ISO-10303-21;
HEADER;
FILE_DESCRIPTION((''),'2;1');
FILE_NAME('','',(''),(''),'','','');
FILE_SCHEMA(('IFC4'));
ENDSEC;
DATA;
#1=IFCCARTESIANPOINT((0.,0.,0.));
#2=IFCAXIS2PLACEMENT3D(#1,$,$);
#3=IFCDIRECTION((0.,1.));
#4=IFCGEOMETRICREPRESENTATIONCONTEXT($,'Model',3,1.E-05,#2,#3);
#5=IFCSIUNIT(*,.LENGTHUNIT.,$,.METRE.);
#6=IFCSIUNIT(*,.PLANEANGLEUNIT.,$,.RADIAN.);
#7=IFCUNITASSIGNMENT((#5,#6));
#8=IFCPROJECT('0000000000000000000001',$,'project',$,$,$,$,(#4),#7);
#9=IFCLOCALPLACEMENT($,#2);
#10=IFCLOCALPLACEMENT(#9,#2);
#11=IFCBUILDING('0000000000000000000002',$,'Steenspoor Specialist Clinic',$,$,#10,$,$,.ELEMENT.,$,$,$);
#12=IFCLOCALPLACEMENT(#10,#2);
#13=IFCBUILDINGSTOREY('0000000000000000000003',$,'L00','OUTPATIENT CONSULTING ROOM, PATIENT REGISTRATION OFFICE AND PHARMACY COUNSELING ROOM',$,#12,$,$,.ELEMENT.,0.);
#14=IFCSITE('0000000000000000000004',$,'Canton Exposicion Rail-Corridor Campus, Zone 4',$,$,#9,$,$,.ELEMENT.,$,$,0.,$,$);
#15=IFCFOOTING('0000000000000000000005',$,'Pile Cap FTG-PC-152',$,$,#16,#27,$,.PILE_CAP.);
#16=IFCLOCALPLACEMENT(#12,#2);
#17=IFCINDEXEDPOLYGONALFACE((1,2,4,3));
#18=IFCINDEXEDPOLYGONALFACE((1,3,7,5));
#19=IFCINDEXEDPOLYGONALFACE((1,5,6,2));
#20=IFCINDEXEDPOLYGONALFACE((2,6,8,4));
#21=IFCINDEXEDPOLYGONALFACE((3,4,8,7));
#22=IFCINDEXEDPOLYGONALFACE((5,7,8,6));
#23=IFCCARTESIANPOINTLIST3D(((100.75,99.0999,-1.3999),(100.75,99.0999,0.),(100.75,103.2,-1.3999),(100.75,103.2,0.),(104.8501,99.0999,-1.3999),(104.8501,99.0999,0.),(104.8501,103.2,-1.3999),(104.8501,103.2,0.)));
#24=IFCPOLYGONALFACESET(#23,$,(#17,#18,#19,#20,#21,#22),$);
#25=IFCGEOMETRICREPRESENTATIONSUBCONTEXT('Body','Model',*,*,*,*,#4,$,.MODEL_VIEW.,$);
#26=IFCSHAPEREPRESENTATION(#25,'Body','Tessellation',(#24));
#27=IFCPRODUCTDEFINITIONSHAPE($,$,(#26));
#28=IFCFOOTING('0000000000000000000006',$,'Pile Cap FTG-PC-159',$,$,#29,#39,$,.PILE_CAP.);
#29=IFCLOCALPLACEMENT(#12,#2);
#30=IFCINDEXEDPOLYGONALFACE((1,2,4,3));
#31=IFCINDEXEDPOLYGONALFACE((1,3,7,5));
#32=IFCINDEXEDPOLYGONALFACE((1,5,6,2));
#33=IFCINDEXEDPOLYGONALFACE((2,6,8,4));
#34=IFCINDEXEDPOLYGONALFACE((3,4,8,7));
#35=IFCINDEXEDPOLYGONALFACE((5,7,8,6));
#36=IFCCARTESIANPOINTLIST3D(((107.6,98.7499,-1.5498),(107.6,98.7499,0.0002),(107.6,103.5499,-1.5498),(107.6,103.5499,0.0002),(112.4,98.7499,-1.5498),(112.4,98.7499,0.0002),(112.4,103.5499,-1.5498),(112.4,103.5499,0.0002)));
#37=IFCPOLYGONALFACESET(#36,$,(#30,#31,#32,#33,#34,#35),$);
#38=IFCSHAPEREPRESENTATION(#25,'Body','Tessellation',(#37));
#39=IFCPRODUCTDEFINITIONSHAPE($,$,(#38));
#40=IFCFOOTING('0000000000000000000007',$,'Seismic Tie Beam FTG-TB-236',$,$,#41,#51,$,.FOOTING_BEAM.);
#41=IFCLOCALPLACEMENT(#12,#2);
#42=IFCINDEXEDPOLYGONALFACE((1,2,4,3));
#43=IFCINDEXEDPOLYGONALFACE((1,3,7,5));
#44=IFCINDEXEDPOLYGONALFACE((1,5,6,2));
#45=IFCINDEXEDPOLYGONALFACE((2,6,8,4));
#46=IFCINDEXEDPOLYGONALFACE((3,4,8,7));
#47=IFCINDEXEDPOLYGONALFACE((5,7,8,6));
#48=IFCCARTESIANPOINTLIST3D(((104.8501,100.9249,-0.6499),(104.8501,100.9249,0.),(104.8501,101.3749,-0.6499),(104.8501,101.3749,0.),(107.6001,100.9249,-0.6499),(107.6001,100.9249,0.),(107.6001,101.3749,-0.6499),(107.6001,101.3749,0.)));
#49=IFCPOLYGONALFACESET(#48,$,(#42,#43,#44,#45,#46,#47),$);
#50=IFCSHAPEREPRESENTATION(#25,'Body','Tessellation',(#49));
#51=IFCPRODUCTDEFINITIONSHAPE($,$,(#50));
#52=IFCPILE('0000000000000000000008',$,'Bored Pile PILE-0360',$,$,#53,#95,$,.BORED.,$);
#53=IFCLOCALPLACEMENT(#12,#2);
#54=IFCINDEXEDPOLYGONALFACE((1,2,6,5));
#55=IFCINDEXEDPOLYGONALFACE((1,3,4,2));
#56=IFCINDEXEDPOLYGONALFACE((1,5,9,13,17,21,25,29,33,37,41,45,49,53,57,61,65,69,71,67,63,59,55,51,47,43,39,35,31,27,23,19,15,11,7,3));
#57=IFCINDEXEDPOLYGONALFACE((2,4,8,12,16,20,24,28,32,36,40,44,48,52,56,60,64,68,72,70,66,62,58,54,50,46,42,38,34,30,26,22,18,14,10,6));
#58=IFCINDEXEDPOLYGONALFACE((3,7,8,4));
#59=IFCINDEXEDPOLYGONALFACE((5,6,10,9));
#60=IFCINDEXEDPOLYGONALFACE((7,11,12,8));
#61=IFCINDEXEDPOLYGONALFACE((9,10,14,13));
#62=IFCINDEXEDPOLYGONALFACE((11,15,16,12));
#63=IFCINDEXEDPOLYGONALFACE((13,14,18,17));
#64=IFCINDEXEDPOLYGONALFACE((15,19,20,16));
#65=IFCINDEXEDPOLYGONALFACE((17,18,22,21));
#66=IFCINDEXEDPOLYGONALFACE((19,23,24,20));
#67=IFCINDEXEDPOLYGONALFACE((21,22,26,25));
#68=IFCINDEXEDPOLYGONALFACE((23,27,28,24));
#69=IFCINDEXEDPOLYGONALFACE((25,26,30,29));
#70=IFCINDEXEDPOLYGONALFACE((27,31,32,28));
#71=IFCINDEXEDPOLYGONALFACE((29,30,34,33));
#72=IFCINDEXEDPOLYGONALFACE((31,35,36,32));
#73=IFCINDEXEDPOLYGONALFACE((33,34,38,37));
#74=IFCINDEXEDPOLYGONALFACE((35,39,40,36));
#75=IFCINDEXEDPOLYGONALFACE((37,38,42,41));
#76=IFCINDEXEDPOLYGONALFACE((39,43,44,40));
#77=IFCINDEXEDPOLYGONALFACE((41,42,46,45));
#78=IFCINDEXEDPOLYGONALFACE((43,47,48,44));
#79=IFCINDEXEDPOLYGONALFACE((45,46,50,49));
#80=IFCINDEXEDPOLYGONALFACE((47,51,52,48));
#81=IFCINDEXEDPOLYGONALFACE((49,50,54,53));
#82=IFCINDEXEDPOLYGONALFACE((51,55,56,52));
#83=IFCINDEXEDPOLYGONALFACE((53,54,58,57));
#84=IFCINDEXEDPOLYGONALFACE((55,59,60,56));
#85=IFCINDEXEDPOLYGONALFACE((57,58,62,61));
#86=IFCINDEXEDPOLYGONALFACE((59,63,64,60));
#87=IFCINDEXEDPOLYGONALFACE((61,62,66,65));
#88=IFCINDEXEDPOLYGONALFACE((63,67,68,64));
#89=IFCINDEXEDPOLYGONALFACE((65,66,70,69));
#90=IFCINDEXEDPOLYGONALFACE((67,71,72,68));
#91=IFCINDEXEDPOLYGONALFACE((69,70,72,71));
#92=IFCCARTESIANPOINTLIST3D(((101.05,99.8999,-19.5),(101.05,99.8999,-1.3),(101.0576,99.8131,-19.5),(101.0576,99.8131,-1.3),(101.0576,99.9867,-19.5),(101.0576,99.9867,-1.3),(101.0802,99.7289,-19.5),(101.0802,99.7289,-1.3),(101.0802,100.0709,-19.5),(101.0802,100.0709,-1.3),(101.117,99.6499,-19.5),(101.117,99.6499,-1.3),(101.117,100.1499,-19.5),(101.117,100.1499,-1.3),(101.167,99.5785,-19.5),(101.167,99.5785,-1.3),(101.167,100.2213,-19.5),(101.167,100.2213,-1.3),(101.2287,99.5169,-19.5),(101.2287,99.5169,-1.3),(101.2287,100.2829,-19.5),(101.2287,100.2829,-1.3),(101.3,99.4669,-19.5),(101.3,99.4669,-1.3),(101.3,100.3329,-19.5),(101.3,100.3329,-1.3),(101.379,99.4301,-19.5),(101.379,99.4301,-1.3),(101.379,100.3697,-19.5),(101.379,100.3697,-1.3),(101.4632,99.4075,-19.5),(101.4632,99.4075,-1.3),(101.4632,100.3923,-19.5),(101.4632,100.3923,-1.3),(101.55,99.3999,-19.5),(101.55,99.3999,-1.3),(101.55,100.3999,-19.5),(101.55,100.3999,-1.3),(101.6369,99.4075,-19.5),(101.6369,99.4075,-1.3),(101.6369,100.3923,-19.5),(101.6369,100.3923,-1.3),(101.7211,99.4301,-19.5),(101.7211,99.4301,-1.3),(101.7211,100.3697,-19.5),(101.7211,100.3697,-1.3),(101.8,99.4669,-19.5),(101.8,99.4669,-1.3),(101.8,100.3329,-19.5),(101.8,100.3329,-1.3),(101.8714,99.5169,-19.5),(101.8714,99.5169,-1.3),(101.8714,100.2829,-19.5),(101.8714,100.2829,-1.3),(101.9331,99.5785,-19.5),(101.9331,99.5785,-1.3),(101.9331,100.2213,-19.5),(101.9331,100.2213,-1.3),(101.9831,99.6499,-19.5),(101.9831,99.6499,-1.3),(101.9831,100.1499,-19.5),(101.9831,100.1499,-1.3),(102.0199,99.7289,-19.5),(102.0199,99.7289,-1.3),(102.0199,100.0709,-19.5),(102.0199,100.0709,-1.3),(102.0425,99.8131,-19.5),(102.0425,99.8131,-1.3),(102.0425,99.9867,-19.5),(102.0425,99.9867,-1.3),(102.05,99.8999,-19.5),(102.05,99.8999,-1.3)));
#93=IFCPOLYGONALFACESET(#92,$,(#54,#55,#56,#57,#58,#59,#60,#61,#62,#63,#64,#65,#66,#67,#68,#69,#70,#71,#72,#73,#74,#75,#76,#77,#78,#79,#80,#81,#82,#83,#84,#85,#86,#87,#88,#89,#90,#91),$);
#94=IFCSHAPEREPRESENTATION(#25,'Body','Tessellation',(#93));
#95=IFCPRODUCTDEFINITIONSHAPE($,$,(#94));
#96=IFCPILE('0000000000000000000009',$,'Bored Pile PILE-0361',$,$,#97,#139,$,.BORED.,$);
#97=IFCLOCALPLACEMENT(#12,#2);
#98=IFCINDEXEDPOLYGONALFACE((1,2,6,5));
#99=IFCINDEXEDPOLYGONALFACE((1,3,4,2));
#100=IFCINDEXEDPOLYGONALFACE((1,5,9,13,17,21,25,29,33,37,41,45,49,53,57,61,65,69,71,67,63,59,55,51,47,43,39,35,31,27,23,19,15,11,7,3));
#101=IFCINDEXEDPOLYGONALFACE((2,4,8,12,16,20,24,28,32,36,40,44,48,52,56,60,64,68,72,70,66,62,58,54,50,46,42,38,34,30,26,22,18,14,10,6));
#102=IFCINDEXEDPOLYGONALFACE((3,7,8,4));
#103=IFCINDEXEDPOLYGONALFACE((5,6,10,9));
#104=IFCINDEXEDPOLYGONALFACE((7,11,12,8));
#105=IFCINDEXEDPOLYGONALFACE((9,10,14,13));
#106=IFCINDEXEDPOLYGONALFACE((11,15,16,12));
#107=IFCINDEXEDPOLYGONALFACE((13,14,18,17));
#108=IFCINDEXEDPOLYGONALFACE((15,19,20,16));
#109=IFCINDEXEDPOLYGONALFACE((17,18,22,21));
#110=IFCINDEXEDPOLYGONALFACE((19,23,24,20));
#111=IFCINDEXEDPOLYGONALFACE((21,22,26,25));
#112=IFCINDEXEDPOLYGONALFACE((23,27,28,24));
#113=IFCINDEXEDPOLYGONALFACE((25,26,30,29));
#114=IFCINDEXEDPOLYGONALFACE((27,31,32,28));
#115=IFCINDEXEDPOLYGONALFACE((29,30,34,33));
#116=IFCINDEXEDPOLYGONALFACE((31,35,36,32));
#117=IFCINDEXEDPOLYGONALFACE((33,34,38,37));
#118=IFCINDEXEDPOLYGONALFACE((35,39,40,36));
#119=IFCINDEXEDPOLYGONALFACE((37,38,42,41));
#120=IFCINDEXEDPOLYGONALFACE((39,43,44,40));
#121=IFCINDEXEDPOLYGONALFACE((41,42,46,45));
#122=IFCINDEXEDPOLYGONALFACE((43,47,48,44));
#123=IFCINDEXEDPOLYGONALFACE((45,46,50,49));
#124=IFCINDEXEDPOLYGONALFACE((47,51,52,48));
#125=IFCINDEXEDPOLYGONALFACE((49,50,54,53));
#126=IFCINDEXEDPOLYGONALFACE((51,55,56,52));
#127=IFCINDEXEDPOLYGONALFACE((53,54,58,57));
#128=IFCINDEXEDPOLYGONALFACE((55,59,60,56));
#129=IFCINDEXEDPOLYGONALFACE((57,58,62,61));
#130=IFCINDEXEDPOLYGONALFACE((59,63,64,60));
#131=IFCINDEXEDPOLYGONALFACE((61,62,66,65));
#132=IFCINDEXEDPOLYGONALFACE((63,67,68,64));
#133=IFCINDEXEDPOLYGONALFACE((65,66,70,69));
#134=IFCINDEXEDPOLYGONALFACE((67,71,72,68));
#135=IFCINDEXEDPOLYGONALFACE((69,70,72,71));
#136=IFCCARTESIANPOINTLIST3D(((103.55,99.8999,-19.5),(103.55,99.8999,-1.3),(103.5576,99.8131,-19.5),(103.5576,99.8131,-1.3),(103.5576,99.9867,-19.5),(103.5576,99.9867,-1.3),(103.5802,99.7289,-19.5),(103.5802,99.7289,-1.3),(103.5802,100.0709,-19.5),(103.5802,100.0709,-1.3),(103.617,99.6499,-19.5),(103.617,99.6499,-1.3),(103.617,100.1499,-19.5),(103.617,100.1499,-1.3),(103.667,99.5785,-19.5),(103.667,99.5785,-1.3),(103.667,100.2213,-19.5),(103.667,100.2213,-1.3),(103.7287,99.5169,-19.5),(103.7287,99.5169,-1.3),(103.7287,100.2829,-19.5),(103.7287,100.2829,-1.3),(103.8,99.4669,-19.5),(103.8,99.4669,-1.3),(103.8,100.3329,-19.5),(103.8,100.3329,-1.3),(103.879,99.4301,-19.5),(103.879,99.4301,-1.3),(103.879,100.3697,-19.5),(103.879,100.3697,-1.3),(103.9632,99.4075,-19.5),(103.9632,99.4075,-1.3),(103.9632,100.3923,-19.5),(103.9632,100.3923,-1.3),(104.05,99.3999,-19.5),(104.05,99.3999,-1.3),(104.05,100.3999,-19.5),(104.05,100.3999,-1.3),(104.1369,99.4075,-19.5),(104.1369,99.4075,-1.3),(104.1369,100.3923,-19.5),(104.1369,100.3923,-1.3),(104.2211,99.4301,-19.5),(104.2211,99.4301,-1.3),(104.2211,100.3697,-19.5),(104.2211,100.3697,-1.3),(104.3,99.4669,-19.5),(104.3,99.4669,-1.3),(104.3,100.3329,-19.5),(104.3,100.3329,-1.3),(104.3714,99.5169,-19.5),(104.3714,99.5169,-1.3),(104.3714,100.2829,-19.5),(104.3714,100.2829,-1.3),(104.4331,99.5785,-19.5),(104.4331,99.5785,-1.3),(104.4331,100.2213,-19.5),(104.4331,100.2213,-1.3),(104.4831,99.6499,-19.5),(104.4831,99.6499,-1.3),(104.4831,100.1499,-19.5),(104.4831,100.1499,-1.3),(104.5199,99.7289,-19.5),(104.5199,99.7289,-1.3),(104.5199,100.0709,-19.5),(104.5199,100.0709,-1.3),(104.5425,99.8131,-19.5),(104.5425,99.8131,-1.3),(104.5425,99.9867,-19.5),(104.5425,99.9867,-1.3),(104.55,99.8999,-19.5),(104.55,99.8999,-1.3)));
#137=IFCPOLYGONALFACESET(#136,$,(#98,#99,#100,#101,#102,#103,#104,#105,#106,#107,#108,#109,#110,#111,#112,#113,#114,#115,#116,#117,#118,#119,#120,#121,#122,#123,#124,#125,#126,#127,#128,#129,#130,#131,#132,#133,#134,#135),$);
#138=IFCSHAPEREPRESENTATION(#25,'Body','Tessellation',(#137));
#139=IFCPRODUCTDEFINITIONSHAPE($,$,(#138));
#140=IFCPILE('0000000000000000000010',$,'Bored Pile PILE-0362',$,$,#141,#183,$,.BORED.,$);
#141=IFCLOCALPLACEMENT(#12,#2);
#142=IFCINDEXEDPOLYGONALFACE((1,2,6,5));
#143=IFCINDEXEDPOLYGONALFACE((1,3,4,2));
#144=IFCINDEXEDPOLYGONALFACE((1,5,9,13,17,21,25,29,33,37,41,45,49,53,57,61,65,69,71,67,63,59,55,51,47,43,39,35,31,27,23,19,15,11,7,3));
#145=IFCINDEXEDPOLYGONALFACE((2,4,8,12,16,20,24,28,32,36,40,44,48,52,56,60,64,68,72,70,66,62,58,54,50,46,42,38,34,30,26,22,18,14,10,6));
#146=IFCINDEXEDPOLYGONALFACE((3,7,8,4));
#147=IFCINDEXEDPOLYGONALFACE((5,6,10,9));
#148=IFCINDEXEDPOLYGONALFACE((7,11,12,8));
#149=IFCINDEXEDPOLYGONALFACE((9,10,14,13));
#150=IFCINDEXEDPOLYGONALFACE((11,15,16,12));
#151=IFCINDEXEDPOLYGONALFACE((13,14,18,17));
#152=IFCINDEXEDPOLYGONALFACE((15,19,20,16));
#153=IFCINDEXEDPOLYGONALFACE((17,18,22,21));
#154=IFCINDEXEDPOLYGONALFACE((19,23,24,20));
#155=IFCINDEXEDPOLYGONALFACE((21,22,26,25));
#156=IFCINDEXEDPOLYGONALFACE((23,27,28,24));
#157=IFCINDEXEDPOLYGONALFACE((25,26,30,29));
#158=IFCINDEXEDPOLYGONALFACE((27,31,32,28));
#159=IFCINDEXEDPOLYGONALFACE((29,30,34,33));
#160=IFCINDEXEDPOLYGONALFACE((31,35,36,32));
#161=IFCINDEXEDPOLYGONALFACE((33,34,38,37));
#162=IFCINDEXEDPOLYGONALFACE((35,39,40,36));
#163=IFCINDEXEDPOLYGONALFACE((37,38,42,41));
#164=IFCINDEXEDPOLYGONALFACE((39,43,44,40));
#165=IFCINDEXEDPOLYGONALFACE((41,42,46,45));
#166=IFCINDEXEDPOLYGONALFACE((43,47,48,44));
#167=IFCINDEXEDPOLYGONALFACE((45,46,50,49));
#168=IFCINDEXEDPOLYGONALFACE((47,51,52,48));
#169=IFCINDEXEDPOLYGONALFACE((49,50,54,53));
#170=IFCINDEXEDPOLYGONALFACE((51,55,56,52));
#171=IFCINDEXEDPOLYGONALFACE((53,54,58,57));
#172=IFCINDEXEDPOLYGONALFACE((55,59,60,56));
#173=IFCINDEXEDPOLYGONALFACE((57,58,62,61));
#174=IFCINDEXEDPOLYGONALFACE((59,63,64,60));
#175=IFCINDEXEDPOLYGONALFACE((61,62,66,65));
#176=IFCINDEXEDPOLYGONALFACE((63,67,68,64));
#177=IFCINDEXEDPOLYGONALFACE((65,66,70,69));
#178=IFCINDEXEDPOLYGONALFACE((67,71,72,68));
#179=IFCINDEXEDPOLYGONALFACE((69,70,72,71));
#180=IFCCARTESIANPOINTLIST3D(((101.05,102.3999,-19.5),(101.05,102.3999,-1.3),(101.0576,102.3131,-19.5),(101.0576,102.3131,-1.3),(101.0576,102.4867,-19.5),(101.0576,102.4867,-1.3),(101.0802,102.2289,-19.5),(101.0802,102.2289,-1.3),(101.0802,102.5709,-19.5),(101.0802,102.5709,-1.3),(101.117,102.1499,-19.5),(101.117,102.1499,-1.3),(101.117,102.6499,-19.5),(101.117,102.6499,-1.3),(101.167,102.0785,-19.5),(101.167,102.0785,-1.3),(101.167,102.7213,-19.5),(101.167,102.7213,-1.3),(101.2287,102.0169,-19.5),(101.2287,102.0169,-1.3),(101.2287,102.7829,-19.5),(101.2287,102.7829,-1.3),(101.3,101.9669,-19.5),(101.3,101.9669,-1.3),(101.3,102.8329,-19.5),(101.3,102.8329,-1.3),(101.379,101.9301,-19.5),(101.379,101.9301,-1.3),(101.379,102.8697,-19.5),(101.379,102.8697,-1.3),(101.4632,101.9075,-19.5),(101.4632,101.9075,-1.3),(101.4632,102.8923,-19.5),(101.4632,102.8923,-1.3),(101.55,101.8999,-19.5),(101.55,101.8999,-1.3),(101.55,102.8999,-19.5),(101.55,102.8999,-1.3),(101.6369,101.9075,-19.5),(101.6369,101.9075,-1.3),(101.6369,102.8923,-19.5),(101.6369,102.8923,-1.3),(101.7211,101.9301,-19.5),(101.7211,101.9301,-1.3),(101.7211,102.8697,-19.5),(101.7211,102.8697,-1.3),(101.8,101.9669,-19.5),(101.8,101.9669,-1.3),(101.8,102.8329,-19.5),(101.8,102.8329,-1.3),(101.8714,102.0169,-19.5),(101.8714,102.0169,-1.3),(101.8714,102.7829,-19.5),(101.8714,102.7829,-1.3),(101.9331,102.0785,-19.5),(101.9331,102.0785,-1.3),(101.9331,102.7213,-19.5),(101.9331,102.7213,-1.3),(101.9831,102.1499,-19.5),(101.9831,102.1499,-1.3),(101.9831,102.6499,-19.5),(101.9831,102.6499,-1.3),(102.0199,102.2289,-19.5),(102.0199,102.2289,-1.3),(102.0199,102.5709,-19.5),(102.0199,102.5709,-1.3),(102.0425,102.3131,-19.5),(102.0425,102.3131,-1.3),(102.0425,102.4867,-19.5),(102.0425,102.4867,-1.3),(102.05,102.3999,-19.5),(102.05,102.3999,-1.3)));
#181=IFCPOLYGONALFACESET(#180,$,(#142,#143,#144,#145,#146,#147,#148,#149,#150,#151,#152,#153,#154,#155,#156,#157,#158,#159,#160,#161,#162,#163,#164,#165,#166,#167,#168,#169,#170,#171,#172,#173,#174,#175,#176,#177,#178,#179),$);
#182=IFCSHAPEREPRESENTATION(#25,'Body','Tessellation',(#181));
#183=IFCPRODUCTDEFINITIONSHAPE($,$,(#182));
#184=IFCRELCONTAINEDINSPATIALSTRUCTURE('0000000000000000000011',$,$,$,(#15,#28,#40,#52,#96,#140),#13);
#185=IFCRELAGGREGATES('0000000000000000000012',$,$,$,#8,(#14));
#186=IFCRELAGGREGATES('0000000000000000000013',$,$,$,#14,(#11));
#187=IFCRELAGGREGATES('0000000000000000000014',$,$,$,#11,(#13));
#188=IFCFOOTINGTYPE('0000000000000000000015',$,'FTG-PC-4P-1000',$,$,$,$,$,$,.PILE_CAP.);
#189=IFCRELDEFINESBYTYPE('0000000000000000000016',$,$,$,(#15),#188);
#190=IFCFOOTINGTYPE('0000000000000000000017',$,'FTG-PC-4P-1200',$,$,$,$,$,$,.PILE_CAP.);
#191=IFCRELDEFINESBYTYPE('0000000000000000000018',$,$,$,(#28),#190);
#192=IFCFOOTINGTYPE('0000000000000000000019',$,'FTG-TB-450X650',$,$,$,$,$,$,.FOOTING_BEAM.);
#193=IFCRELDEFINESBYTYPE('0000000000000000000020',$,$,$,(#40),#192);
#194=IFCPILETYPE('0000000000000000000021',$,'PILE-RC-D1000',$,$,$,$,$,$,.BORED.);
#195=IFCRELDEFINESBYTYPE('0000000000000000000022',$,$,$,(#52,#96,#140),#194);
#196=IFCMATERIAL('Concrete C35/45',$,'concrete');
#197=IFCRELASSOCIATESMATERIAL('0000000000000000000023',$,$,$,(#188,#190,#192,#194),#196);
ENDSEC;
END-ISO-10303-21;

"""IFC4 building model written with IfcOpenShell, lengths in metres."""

from ifc_helpers import new_model, si_unit, direction, frame, origin, origin_2d, place, context, subcontext, project, spatial, rectangle, circle, extrude, material, material_profile, profile_set, type_object, element, save


model = new_model("IFC4")

# Units and contexts
model_context = context("Model", 3, precision=1e-05, world=origin(), true_north=direction((0.0, 1.0)))
body_context = subcontext(model_context, "Body", "Model", "MODEL_VIEW")
ifc_project = project(units=[si_unit("LENGTHUNIT", "METRE"), si_unit("PLANEANGLEUNIT", "RADIAN")], contexts=[model_context])

# Site, building, storey
site_placement = place(None, origin())
site = spatial("IfcSite", under=ifc_project, at=site_placement, Name="Canton Exposicion Rail-Corridor Campus, Zone 4", CompositionType="ELEMENT", RefElevation=0.0)
building_placement = place(site_placement, origin())
building = spatial("IfcBuilding", under=site, at=building_placement, Name="Steenspoor Specialist Clinic", CompositionType="ELEMENT")
storey_placement = place(building_placement, origin())
storey = spatial("IfcBuildingStorey", under=building, at=storey_placement, Name="L00", Description="OUTPATIENT CONSULTING ROOM, PATIENT REGISTRATION OFFICE AND PHARMACY COUNSELING ROOM", CompositionType="ELEMENT", Elevation=0.0)

# Footings
ifc_material_1 = material(Name="Concrete C35/45", Category="concrete")
footing_type_1 = type_object("IfcFootingType", Name="FTG-PC-4P-1000", PredefinedType="PILE_CAP", material=ifc_material_1)
footing_1_placement = place(storey_placement, frame((102.8, 101.1499, -1.3999), z_axis=(0.0, 0.0, 1.0), x_axis=(1.0, 0.0, 0.0)))
element("IfcFooting", 1, at=footing_1_placement, inside=storey, type_object=footing_type_1, Name="Pile Cap FTG-PC-152", PredefinedType="PILE_CAP", context=body_context, shape_type="SweptSolid", body=[
    extrude(rectangle(XDim=4.1001, YDim=4.1001, at=origin_2d()), origin(), (0.0, 0.0, 1.0), 1.3999),
])
footing_type_2 = type_object("IfcFootingType", Name="FTG-PC-4P-1200", PredefinedType="PILE_CAP", material=ifc_material_1)
footing_2_placement = place(storey_placement, frame((110.0, 101.1499, -1.5498), z_axis=(0.0, 0.0, 1.0), x_axis=(1.0, 0.0, 0.0)))
element("IfcFooting", 2, at=footing_2_placement, inside=storey, type_object=footing_type_2, Name="Pile Cap FTG-PC-159", PredefinedType="PILE_CAP", context=body_context, shape_type="SweptSolid", body=[
    extrude(rectangle(XDim=4.8, YDim=4.8, at=origin_2d()), origin(), (0.0, 0.0, 1.0), 1.55),
])
footing_type_3 = type_object("IfcFootingType", Name="FTG-TB-450X650", PredefinedType="FOOTING_BEAM", material=ifc_material_1)
footing_3_placement = place(storey_placement, frame((106.2251, 101.1499, -0.6499), z_axis=(0.0, 0.0, 1.0), x_axis=(1.0, 0.0, 0.0)))
element("IfcFooting", 3, at=footing_3_placement, inside=storey, type_object=footing_type_3, Name="Seismic Tie Beam FTG-TB-236", PredefinedType="FOOTING_BEAM", context=body_context, shape_type="SweptSolid", body=[
    extrude(rectangle(XDim=2.75, YDim=0.45, at=origin_2d()), origin(), (0.0, 0.0, 1.0), 0.6499),
])

# Piles
ifc_material_profile_1 = material_profile(ifc_material_1, circle(Radius=0.5, at=origin_2d()), Name="PILE-D1000")
ifc_profile_set_1 = profile_set([ifc_material_profile_1], Name="Concrete C35/45")
pile_type = type_object("IfcPileType", Name="PILE-RC-D1000", PredefinedType="BORED", material=ifc_profile_set_1)
for number, where, z_axis, x_axis, name in (
    (4, (101.55, 99.8999, -1.3), (0.0, 0.0, -1.0), (1.0, 0.0, 0.0), "Bored Pile PILE-0360"),
    (5, (104.05, 99.8999, -1.3), (0.0, 0.0, -1.0), (1.0, 0.0, 0.0), "Bored Pile PILE-0361"),
    (6, (101.55, 102.3999, -1.3), (0.0, 0.0, -1.0), (1.0, 0.0, 0.0), "Bored Pile PILE-0362"),
):
    element("IfcPile", number, at=place(storey_placement, frame(where, z_axis=z_axis, x_axis=x_axis)), inside=storey, type_object=pile_type, Name=name, PredefinedType="BORED", context=body_context, shape_type="SweptSolid", body=[
        extrude(circle(Radius=0.5, at=origin_2d()), origin(), (0.0, 0.0, 1.0), 18.2),
    ])

save(model, "model.ifc")
